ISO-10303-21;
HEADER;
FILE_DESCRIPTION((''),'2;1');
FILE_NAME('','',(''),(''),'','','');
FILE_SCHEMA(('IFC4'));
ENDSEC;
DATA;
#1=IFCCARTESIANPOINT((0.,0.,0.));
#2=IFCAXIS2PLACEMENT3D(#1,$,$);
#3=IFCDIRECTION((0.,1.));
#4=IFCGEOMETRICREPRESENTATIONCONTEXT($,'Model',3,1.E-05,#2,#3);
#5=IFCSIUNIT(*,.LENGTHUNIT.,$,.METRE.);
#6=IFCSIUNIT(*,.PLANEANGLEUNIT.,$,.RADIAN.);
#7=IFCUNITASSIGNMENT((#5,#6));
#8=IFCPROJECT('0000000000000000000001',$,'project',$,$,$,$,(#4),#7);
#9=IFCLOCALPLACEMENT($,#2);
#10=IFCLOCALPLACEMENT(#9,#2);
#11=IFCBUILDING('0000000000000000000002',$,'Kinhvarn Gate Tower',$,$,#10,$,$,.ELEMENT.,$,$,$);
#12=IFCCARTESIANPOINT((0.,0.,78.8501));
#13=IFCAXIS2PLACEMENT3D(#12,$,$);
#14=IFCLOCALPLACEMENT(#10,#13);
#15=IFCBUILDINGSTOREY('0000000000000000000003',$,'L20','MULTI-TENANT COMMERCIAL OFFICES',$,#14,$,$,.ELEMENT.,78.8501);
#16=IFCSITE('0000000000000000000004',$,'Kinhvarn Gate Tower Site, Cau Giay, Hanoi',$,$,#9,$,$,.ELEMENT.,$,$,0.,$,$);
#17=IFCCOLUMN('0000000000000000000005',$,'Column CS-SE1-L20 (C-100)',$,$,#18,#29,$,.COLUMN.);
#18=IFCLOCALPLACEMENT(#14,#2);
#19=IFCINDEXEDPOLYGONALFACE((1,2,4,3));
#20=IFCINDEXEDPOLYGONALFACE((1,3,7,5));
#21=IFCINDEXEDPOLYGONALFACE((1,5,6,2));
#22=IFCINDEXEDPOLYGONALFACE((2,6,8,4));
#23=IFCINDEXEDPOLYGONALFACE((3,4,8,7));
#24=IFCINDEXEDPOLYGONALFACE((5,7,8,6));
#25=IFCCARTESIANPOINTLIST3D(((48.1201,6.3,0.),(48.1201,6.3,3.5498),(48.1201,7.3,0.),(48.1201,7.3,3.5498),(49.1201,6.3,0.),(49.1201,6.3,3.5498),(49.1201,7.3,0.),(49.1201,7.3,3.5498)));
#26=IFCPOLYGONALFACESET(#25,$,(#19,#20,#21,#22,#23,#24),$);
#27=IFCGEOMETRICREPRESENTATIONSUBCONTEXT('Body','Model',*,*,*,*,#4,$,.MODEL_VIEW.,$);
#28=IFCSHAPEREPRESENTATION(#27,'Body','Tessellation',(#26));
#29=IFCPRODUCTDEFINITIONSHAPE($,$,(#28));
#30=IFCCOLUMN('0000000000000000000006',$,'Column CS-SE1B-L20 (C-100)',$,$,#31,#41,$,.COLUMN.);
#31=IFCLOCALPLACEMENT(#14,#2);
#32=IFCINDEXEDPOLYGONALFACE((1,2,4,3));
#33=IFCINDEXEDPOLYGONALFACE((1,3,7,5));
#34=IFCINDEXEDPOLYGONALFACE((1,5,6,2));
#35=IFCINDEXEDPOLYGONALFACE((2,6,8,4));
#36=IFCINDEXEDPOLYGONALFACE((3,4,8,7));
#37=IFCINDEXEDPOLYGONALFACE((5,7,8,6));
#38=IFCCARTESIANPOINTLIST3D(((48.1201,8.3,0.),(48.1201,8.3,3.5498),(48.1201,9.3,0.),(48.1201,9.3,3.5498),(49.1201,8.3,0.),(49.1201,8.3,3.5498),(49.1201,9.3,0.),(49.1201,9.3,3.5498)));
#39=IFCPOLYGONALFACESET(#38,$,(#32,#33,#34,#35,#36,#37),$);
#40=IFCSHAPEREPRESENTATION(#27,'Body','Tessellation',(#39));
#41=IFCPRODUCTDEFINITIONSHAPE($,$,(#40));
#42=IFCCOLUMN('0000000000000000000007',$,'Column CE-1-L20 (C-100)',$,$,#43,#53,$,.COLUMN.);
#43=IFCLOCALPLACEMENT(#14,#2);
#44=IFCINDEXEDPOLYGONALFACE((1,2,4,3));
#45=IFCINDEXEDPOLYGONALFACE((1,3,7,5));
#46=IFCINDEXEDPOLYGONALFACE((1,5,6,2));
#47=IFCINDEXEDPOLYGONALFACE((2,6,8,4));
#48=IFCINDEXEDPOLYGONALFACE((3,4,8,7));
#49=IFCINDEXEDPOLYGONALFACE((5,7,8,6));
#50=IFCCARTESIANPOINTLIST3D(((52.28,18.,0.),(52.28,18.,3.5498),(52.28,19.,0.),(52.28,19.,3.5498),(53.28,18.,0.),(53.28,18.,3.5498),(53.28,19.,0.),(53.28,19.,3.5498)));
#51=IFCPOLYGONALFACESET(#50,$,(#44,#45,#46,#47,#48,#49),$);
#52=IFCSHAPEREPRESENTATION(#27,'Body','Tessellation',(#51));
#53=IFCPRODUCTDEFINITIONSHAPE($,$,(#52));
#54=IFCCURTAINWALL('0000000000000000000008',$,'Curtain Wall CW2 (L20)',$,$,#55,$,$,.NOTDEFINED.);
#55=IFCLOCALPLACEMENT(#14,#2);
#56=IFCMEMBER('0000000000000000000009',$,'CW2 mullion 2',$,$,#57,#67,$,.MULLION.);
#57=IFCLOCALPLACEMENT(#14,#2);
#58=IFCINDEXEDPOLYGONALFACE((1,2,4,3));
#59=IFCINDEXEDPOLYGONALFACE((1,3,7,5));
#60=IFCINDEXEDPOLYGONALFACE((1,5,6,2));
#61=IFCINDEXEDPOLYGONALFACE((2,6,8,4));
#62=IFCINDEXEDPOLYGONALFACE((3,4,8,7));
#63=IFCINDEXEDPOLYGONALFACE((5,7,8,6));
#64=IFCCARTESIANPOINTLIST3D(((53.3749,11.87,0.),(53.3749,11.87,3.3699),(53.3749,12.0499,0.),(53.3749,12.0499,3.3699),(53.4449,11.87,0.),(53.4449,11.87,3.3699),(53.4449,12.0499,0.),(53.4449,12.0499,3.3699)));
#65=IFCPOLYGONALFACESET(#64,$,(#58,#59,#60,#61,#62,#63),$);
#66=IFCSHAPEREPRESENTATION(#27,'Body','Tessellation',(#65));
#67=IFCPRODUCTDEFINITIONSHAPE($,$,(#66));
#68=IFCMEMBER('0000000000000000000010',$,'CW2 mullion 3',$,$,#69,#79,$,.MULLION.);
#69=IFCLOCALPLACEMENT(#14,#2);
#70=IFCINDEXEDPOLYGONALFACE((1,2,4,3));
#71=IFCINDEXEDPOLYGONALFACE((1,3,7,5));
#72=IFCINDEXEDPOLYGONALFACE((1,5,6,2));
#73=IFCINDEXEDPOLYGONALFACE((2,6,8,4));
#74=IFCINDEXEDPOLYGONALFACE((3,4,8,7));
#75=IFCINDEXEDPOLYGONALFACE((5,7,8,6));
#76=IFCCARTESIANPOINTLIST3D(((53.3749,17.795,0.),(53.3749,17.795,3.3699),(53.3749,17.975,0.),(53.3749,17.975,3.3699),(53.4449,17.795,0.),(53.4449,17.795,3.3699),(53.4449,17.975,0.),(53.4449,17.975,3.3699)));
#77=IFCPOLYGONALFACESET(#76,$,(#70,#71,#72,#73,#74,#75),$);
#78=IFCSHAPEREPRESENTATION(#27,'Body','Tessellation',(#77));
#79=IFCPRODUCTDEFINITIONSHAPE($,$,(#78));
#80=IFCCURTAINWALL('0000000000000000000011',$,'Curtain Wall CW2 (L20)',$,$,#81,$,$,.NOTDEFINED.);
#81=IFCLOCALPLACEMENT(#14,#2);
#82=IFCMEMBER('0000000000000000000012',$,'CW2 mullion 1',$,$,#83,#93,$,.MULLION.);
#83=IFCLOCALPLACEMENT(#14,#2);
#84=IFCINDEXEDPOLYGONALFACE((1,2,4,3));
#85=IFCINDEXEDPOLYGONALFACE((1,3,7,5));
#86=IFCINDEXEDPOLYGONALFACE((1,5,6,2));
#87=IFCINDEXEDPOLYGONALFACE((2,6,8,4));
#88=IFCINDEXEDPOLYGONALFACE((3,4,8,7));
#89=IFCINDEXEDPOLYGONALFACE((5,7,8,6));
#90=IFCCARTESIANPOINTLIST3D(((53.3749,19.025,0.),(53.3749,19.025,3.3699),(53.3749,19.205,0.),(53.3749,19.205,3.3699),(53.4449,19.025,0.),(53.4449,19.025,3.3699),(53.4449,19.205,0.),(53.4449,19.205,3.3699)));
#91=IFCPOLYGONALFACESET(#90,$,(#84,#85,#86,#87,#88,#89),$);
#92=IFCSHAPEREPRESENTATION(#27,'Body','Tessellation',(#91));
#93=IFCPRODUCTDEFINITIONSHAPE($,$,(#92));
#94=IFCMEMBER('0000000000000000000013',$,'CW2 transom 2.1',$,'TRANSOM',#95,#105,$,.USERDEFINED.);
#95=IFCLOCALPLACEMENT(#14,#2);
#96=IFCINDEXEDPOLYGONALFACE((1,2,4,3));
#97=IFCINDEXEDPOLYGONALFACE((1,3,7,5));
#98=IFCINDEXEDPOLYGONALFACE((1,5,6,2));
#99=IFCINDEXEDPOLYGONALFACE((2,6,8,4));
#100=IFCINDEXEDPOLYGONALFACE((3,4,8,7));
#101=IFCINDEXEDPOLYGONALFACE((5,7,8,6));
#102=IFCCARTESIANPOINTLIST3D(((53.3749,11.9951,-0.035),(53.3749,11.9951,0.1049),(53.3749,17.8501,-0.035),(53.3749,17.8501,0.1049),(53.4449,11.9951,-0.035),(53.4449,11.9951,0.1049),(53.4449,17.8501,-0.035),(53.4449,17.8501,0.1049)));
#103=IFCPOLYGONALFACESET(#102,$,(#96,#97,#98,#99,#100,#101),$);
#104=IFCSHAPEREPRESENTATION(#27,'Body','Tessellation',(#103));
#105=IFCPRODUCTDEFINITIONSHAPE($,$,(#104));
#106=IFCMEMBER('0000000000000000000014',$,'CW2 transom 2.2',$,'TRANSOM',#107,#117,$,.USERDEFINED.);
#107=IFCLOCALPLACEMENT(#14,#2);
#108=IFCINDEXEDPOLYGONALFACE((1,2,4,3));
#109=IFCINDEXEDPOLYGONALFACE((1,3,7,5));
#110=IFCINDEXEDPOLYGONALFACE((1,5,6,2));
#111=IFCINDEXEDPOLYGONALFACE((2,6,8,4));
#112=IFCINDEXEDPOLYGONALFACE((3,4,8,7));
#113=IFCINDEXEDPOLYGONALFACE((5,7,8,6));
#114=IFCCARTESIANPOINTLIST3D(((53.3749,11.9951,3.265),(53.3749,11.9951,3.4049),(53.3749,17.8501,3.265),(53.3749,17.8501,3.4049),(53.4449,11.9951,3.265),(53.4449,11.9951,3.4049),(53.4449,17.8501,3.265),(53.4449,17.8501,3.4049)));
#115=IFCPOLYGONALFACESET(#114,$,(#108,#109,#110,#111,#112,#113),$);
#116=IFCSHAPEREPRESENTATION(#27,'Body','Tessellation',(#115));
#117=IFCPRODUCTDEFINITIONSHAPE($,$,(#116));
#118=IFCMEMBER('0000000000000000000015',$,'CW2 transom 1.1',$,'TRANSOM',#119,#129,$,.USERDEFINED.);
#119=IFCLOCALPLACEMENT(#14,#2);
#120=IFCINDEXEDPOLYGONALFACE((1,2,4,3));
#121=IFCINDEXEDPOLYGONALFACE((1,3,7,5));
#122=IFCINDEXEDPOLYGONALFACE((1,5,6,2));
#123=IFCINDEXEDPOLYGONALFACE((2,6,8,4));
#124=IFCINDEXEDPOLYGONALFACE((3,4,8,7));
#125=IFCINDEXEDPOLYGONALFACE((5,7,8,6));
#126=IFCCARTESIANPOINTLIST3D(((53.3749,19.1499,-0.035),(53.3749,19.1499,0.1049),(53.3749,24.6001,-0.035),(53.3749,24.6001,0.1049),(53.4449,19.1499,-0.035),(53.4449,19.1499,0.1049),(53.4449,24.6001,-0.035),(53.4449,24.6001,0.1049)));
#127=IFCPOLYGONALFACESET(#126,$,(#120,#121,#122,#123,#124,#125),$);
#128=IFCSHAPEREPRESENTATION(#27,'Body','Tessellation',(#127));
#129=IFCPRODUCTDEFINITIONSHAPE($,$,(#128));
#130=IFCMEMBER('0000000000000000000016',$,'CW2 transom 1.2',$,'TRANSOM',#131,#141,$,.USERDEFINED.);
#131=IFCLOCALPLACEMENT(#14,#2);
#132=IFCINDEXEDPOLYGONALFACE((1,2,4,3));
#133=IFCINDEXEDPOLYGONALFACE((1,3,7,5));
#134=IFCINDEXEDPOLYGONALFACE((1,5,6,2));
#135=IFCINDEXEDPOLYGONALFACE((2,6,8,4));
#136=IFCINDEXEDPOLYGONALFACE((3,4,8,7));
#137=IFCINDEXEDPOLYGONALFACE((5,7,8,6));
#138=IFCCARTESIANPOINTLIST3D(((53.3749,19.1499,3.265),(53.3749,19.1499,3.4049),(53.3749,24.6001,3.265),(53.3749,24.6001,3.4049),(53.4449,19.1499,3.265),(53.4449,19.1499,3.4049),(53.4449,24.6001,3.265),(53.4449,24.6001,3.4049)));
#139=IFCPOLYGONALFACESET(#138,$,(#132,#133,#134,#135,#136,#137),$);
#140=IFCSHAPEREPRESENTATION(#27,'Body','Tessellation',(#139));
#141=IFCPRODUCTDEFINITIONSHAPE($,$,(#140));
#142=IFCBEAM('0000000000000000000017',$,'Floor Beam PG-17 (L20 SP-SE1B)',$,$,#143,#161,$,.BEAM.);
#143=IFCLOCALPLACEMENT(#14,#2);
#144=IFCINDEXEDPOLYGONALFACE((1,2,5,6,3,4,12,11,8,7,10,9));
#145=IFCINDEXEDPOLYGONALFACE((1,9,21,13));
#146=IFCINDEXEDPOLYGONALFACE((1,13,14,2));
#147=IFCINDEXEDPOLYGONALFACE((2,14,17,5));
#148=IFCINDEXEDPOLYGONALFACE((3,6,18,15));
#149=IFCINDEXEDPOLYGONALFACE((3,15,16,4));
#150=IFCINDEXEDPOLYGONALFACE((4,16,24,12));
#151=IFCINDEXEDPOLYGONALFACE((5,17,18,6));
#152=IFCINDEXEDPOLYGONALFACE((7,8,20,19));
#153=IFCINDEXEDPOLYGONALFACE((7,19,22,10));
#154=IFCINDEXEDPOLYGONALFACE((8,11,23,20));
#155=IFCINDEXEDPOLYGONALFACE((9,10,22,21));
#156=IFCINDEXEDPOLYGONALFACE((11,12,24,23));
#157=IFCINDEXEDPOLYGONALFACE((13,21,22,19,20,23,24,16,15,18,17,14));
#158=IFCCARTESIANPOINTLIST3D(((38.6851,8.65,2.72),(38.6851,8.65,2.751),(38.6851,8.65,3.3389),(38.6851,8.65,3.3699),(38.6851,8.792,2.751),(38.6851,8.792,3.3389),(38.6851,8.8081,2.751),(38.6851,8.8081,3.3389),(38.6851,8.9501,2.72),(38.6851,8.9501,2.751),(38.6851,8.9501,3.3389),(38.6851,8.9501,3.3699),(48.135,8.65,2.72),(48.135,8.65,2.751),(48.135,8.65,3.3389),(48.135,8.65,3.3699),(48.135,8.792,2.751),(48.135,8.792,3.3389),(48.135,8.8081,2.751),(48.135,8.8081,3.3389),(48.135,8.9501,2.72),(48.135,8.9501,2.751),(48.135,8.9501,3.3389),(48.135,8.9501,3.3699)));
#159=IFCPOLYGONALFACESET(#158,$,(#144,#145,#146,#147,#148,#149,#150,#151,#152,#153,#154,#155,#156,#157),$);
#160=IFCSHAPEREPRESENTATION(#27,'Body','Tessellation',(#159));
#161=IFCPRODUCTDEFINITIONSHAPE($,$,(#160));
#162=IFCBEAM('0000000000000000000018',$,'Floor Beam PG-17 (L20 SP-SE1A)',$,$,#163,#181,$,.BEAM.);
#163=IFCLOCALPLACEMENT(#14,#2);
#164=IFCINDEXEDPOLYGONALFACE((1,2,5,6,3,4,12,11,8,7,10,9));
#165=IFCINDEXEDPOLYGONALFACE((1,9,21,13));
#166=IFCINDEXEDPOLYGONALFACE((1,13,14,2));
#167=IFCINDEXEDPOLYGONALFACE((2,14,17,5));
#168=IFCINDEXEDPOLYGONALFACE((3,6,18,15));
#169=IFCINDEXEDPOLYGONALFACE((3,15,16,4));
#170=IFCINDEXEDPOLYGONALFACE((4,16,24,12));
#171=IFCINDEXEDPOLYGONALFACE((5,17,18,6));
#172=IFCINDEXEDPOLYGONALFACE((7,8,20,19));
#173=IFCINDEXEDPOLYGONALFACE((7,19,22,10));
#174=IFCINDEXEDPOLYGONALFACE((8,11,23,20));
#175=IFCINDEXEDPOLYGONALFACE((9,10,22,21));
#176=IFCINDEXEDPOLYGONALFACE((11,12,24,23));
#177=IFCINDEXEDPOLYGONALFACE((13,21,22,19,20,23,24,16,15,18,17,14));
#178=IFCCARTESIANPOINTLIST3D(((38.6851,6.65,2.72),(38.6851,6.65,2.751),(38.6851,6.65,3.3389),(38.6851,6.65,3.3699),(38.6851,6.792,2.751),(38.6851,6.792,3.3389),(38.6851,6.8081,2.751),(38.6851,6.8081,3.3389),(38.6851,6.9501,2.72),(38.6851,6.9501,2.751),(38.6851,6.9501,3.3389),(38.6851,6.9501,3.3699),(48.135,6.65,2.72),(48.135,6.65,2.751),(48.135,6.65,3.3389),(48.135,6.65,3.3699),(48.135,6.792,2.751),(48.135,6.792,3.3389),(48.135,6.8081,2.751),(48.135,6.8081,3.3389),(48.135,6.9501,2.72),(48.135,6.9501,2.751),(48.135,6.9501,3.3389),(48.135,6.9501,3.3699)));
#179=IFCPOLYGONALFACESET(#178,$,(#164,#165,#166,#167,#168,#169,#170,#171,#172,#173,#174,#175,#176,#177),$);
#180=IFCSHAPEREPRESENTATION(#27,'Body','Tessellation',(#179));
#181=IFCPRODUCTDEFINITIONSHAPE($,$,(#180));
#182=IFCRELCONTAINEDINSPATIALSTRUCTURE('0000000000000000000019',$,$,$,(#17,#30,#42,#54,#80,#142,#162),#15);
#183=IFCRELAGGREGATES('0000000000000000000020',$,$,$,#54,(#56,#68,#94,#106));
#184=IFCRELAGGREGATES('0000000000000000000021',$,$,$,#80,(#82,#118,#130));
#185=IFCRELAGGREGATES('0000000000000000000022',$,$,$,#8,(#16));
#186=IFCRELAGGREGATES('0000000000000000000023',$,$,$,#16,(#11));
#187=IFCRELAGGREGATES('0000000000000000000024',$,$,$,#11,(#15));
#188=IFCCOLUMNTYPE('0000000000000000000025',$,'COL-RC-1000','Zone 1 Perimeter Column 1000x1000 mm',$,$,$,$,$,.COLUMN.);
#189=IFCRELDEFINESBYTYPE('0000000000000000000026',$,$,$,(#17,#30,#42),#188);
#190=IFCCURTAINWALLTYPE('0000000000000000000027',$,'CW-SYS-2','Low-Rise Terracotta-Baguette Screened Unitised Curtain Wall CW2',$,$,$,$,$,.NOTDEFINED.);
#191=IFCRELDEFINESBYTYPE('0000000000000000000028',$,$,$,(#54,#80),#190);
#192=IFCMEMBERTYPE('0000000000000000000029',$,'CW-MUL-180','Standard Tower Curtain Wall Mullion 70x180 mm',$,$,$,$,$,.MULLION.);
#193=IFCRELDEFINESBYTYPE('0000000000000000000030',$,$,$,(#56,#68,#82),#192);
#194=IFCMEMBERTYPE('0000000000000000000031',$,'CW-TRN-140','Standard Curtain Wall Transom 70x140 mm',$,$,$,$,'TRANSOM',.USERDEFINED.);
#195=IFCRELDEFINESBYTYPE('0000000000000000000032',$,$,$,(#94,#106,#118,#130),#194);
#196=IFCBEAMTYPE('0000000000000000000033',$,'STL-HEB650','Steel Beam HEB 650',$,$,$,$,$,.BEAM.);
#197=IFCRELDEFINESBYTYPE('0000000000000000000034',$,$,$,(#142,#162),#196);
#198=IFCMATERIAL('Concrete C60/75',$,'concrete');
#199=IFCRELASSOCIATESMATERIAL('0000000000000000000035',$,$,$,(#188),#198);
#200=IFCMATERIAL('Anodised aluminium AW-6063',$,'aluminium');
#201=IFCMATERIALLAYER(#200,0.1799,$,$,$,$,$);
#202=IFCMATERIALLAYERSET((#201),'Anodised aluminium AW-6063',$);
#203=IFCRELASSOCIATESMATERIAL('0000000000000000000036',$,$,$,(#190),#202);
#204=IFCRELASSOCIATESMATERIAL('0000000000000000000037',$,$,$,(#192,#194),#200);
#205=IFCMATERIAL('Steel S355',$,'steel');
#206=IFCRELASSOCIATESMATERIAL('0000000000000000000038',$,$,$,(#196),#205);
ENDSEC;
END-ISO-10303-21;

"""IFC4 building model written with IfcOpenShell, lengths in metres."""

from ifc_helpers import new_model, si_unit, direction, frame, origin, origin_2d, place, context, subcontext, project, spatial, rectangle, i_section, extrude, material, layer, layer_set, material_profile, profile_set, type_object, element, aggregate, save


model = new_model("IFC4")

# Units and contexts
model_context = context("Model", 3, precision=1e-05, world=origin(), true_north=direction((0.0, 1.0)))
body_context = subcontext(model_context, "Body", "Model", "MODEL_VIEW")
ifc_project = project(units=[si_unit("LENGTHUNIT", "METRE"), si_unit("PLANEANGLEUNIT", "RADIAN")], contexts=[model_context])

# Site, building, storey
site_placement = place(None, origin())
site = spatial("IfcSite", under=ifc_project, at=site_placement, Name="Kinhvarn Gate Tower Site, Cau Giay, Hanoi", CompositionType="ELEMENT", RefElevation=0.0)
building_placement = place(site_placement, origin())
building = spatial("IfcBuilding", under=site, at=building_placement, Name="Kinhvarn Gate Tower", CompositionType="ELEMENT")
storey_placement = place(building_placement, frame((0.0, 0.0, 78.8501)))
storey = spatial("IfcBuildingStorey", under=building, at=storey_placement, Name="L20", Description="MULTI-TENANT COMMERCIAL OFFICES", CompositionType="ELEMENT", Elevation=78.8501)

# Columns
ifc_material_1 = material(Name="Concrete C60/75", Category="concrete")
ifc_material_profile_1 = material_profile(ifc_material_1, rectangle(XDim=1.0, YDim=1.0, at=origin_2d()), Name="RC 1000x1000")
ifc_profile_set_1 = profile_set([ifc_material_profile_1], Name="Concrete C60/75")
column_type = type_object("IfcColumnType", Name="COL-RC-1000", Description="Zone 1 Perimeter Column 1000x1000 mm", PredefinedType="COLUMN", material=ifc_profile_set_1)
for number, where, z_axis, x_axis, name in (
    (1, (48.6201, 6.8, 0.0), (0.0, 0.0, 1.0), (1.0, 0.0, 0.0), "Column CS-SE1-L20 (C-100)"),
    (2, (48.6201, 8.8, 0.0), (0.0, 0.0, 1.0), (1.0, 0.0, 0.0), "Column CS-SE1B-L20 (C-100)"),
    (3, (52.78, 18.5, 0.0), (0.0, 0.0, 1.0), (1.0, 0.0, 0.0), "Column CE-1-L20 (C-100)"),
):
    element("IfcColumn", number, at=place(storey_placement, frame(where, z_axis=z_axis, x_axis=x_axis)), inside=storey, type_object=column_type, Name=name, PredefinedType="COLUMN", context=body_context, shape_type="SweptSolid", body=[
        extrude(rectangle(XDim=1.0, YDim=1.0, at=origin_2d()), origin(), (0.0, 0.0, 1.0), 3.5498),
    ])

# Curtain wall, members
ifc_material_2 = material(Name="Anodised aluminium AW-6063", Category="aluminium")
ifc_layer_1 = layer(ifc_material_2, 0.1799)
ifc_layer_set_1 = layer_set([ifc_layer_1], Name="Anodised aluminium AW-6063")
curtain_wall_type = type_object("IfcCurtainWallType", Name="CW-SYS-2", Description="Low-Rise Terracotta-Baguette Screened Unitised Curtain Wall CW2", PredefinedType="NOTDEFINED", material=ifc_layer_set_1)
curtain_wall_1_placement = place(storey_placement, origin())
curtain_wall_1 = element("IfcCurtainWall", 4, at=curtain_wall_1_placement, inside=storey, type_object=curtain_wall_type, Name="Curtain Wall CW2 (L20)", PredefinedType="NOTDEFINED")
ifc_material_profile_2 = material_profile(ifc_material_2, rectangle(XDim=0.0701, YDim=0.1799, at=origin_2d()), Name="ALU 70x180")
ifc_profile_set_2 = profile_set([ifc_material_profile_2], Name="Anodised aluminium AW-6063")
member_type_1 = type_object("IfcMemberType", Name="CW-MUL-180", Description="Standard Tower Curtain Wall Mullion 70x180 mm", PredefinedType="MULLION", material=ifc_profile_set_2)
member_1_placement = place(storey_placement, frame((53.4099, 11.96, 0.0), z_axis=(0.0, 0.0, 1.0), x_axis=(-1.0, 0.0, 0.0)))
member_1 = element("IfcMember", 5, at=member_1_placement, type_object=member_type_1, Name="CW2 mullion 2", PredefinedType="MULLION", context=body_context, shape_type="SweptSolid", body=[
    extrude(rectangle(XDim=0.0701, YDim=0.1799, at=origin_2d()), origin(), (0.0, 0.0, 1.0), 3.3699),
])
member_2_placement = place(storey_placement, frame((53.4099, 17.885, 0.0), z_axis=(0.0, 0.0, 1.0), x_axis=(-1.0, 0.0, 0.0)))
member_2 = element("IfcMember", 6, at=member_2_placement, type_object=member_type_1, Name="CW2 mullion 3", PredefinedType="MULLION", context=body_context, shape_type="SweptSolid", body=[
    extrude(rectangle(XDim=0.0701, YDim=0.1799, at=origin_2d()), origin(), (0.0, 0.0, 1.0), 3.3699),
])

# Curtain wall, member
curtain_wall_2_placement = place(storey_placement, origin())
curtain_wall_2 = element("IfcCurtainWall", 7, at=curtain_wall_2_placement, inside=storey, type_object=curtain_wall_type, Name="Curtain Wall CW2 (L20)", PredefinedType="NOTDEFINED")
member_3_placement = place(storey_placement, frame((53.4099, 19.115, 0.0), z_axis=(0.0, 0.0, 1.0), x_axis=(-1.0, 0.0, 0.0)))
member_3 = element("IfcMember", 8, at=member_3_placement, type_object=member_type_1, Name="CW2 mullion 1", PredefinedType="MULLION", context=body_context, shape_type="SweptSolid", body=[
    extrude(rectangle(XDim=0.0701, YDim=0.1799, at=origin_2d()), origin(), (0.0, 0.0, 1.0), 3.3699),
])

# Members
ifc_material_profile_3 = material_profile(ifc_material_2, rectangle(XDim=0.0701, YDim=0.1399, at=origin_2d()), Name="ALU 70x140")
ifc_profile_set_3 = profile_set([ifc_material_profile_3], Name="Anodised aluminium AW-6063")
member_type_2 = type_object("IfcMemberType", Name="CW-TRN-140", Description="Standard Curtain Wall Transom 70x140 mm", ElementType="TRANSOM", PredefinedType="USERDEFINED", material=ifc_profile_set_3)
member_4_placement = place(storey_placement, frame((53.4099, 11.9951, 0.0349), z_axis=(0.0, 1.0, 0.0), x_axis=(-1.0, 0.0, 0.0)))
member_4 = element("IfcMember", 9, at=member_4_placement, type_object=member_type_2, Name="CW2 transom 2.1", ObjectType="TRANSOM", PredefinedType="USERDEFINED", context=body_context, shape_type="SweptSolid", body=[
    extrude(rectangle(XDim=0.0701, YDim=0.1399, at=origin_2d()), origin(), (0.0, 0.0, 1.0), 5.855),
])
member_5_placement = place(storey_placement, frame((53.4099, 11.9951, 3.335), z_axis=(0.0, 1.0, 0.0), x_axis=(-1.0, 0.0, 0.0)))
member_5 = element("IfcMember", 10, at=member_5_placement, type_object=member_type_2, Name="CW2 transom 2.2", ObjectType="TRANSOM", PredefinedType="USERDEFINED", context=body_context, shape_type="SweptSolid", body=[
    extrude(rectangle(XDim=0.0701, YDim=0.1399, at=origin_2d()), origin(), (0.0, 0.0, 1.0), 5.855),
])
member_6_placement = place(storey_placement, frame((53.4099, 19.1499, 0.0349), z_axis=(0.0, 1.0, 0.0), x_axis=(-1.0, 0.0, 0.0)))
member_6 = element("IfcMember", 11, at=member_6_placement, type_object=member_type_2, Name="CW2 transom 1.1", ObjectType="TRANSOM", PredefinedType="USERDEFINED", context=body_context, shape_type="SweptSolid", body=[
    extrude(rectangle(XDim=0.0701, YDim=0.1399, at=origin_2d()), origin(), (0.0, 0.0, 1.0), 5.4502),
])
member_7_placement = place(storey_placement, frame((53.4099, 19.1499, 3.335), z_axis=(0.0, 1.0, 0.0), x_axis=(-1.0, 0.0, 0.0)))
member_7 = element("IfcMember", 12, at=member_7_placement, type_object=member_type_2, Name="CW2 transom 1.2", ObjectType="TRANSOM", PredefinedType="USERDEFINED", context=body_context, shape_type="SweptSolid", body=[
    extrude(rectangle(XDim=0.0701, YDim=0.1399, at=origin_2d()), origin(), (0.0, 0.0, 1.0), 5.4502),
])

# Beams
ifc_material_3 = material(Name="Steel S355", Category="steel")
ifc_material_profile_4 = material_profile(ifc_material_3, i_section(OverallWidth=0.3, OverallDepth=0.6499, WebThickness=0.0161, FlangeThickness=0.031, at=origin_2d()), Name="HEB 650")
ifc_profile_set_4 = profile_set([ifc_material_profile_4], Name="Steel S355")
beam_type_1 = type_object("IfcBeamType", Name="STL-HEB650", Description="Steel Beam HEB 650", PredefinedType="BEAM", material=ifc_profile_set_4)
for number, where, z_axis, x_axis, name in (
    (13, (38.6851, 8.8, 3.0449), (1.0, 0.0, 0.0), (0.0, 1.0, 0.0), "Floor Beam PG-17 (L20 SP-SE1B)"),
    (14, (38.6851, 6.8, 3.0449), (1.0, 0.0, 0.0), (0.0, 1.0, 0.0), "Floor Beam PG-17 (L20 SP-SE1A)"),
):
    element("IfcBeam", number, at=place(storey_placement, frame(where, z_axis=z_axis, x_axis=x_axis)), inside=storey, type_object=beam_type_1, Name=name, PredefinedType="BEAM", context=body_context, shape_type="SweptSolid", body=[
        extrude(i_section(OverallWidth=0.3, OverallDepth=0.6499, WebThickness=0.0161, FlangeThickness=0.031, at=origin_2d()), origin(), (0.0, 0.0, 1.0), 9.45),
    ])

aggregate(curtain_wall_1, [member_1, member_2, member_4, member_5])
aggregate(curtain_wall_2, [member_3, member_6, member_7])

save(model, "model.ifc")
